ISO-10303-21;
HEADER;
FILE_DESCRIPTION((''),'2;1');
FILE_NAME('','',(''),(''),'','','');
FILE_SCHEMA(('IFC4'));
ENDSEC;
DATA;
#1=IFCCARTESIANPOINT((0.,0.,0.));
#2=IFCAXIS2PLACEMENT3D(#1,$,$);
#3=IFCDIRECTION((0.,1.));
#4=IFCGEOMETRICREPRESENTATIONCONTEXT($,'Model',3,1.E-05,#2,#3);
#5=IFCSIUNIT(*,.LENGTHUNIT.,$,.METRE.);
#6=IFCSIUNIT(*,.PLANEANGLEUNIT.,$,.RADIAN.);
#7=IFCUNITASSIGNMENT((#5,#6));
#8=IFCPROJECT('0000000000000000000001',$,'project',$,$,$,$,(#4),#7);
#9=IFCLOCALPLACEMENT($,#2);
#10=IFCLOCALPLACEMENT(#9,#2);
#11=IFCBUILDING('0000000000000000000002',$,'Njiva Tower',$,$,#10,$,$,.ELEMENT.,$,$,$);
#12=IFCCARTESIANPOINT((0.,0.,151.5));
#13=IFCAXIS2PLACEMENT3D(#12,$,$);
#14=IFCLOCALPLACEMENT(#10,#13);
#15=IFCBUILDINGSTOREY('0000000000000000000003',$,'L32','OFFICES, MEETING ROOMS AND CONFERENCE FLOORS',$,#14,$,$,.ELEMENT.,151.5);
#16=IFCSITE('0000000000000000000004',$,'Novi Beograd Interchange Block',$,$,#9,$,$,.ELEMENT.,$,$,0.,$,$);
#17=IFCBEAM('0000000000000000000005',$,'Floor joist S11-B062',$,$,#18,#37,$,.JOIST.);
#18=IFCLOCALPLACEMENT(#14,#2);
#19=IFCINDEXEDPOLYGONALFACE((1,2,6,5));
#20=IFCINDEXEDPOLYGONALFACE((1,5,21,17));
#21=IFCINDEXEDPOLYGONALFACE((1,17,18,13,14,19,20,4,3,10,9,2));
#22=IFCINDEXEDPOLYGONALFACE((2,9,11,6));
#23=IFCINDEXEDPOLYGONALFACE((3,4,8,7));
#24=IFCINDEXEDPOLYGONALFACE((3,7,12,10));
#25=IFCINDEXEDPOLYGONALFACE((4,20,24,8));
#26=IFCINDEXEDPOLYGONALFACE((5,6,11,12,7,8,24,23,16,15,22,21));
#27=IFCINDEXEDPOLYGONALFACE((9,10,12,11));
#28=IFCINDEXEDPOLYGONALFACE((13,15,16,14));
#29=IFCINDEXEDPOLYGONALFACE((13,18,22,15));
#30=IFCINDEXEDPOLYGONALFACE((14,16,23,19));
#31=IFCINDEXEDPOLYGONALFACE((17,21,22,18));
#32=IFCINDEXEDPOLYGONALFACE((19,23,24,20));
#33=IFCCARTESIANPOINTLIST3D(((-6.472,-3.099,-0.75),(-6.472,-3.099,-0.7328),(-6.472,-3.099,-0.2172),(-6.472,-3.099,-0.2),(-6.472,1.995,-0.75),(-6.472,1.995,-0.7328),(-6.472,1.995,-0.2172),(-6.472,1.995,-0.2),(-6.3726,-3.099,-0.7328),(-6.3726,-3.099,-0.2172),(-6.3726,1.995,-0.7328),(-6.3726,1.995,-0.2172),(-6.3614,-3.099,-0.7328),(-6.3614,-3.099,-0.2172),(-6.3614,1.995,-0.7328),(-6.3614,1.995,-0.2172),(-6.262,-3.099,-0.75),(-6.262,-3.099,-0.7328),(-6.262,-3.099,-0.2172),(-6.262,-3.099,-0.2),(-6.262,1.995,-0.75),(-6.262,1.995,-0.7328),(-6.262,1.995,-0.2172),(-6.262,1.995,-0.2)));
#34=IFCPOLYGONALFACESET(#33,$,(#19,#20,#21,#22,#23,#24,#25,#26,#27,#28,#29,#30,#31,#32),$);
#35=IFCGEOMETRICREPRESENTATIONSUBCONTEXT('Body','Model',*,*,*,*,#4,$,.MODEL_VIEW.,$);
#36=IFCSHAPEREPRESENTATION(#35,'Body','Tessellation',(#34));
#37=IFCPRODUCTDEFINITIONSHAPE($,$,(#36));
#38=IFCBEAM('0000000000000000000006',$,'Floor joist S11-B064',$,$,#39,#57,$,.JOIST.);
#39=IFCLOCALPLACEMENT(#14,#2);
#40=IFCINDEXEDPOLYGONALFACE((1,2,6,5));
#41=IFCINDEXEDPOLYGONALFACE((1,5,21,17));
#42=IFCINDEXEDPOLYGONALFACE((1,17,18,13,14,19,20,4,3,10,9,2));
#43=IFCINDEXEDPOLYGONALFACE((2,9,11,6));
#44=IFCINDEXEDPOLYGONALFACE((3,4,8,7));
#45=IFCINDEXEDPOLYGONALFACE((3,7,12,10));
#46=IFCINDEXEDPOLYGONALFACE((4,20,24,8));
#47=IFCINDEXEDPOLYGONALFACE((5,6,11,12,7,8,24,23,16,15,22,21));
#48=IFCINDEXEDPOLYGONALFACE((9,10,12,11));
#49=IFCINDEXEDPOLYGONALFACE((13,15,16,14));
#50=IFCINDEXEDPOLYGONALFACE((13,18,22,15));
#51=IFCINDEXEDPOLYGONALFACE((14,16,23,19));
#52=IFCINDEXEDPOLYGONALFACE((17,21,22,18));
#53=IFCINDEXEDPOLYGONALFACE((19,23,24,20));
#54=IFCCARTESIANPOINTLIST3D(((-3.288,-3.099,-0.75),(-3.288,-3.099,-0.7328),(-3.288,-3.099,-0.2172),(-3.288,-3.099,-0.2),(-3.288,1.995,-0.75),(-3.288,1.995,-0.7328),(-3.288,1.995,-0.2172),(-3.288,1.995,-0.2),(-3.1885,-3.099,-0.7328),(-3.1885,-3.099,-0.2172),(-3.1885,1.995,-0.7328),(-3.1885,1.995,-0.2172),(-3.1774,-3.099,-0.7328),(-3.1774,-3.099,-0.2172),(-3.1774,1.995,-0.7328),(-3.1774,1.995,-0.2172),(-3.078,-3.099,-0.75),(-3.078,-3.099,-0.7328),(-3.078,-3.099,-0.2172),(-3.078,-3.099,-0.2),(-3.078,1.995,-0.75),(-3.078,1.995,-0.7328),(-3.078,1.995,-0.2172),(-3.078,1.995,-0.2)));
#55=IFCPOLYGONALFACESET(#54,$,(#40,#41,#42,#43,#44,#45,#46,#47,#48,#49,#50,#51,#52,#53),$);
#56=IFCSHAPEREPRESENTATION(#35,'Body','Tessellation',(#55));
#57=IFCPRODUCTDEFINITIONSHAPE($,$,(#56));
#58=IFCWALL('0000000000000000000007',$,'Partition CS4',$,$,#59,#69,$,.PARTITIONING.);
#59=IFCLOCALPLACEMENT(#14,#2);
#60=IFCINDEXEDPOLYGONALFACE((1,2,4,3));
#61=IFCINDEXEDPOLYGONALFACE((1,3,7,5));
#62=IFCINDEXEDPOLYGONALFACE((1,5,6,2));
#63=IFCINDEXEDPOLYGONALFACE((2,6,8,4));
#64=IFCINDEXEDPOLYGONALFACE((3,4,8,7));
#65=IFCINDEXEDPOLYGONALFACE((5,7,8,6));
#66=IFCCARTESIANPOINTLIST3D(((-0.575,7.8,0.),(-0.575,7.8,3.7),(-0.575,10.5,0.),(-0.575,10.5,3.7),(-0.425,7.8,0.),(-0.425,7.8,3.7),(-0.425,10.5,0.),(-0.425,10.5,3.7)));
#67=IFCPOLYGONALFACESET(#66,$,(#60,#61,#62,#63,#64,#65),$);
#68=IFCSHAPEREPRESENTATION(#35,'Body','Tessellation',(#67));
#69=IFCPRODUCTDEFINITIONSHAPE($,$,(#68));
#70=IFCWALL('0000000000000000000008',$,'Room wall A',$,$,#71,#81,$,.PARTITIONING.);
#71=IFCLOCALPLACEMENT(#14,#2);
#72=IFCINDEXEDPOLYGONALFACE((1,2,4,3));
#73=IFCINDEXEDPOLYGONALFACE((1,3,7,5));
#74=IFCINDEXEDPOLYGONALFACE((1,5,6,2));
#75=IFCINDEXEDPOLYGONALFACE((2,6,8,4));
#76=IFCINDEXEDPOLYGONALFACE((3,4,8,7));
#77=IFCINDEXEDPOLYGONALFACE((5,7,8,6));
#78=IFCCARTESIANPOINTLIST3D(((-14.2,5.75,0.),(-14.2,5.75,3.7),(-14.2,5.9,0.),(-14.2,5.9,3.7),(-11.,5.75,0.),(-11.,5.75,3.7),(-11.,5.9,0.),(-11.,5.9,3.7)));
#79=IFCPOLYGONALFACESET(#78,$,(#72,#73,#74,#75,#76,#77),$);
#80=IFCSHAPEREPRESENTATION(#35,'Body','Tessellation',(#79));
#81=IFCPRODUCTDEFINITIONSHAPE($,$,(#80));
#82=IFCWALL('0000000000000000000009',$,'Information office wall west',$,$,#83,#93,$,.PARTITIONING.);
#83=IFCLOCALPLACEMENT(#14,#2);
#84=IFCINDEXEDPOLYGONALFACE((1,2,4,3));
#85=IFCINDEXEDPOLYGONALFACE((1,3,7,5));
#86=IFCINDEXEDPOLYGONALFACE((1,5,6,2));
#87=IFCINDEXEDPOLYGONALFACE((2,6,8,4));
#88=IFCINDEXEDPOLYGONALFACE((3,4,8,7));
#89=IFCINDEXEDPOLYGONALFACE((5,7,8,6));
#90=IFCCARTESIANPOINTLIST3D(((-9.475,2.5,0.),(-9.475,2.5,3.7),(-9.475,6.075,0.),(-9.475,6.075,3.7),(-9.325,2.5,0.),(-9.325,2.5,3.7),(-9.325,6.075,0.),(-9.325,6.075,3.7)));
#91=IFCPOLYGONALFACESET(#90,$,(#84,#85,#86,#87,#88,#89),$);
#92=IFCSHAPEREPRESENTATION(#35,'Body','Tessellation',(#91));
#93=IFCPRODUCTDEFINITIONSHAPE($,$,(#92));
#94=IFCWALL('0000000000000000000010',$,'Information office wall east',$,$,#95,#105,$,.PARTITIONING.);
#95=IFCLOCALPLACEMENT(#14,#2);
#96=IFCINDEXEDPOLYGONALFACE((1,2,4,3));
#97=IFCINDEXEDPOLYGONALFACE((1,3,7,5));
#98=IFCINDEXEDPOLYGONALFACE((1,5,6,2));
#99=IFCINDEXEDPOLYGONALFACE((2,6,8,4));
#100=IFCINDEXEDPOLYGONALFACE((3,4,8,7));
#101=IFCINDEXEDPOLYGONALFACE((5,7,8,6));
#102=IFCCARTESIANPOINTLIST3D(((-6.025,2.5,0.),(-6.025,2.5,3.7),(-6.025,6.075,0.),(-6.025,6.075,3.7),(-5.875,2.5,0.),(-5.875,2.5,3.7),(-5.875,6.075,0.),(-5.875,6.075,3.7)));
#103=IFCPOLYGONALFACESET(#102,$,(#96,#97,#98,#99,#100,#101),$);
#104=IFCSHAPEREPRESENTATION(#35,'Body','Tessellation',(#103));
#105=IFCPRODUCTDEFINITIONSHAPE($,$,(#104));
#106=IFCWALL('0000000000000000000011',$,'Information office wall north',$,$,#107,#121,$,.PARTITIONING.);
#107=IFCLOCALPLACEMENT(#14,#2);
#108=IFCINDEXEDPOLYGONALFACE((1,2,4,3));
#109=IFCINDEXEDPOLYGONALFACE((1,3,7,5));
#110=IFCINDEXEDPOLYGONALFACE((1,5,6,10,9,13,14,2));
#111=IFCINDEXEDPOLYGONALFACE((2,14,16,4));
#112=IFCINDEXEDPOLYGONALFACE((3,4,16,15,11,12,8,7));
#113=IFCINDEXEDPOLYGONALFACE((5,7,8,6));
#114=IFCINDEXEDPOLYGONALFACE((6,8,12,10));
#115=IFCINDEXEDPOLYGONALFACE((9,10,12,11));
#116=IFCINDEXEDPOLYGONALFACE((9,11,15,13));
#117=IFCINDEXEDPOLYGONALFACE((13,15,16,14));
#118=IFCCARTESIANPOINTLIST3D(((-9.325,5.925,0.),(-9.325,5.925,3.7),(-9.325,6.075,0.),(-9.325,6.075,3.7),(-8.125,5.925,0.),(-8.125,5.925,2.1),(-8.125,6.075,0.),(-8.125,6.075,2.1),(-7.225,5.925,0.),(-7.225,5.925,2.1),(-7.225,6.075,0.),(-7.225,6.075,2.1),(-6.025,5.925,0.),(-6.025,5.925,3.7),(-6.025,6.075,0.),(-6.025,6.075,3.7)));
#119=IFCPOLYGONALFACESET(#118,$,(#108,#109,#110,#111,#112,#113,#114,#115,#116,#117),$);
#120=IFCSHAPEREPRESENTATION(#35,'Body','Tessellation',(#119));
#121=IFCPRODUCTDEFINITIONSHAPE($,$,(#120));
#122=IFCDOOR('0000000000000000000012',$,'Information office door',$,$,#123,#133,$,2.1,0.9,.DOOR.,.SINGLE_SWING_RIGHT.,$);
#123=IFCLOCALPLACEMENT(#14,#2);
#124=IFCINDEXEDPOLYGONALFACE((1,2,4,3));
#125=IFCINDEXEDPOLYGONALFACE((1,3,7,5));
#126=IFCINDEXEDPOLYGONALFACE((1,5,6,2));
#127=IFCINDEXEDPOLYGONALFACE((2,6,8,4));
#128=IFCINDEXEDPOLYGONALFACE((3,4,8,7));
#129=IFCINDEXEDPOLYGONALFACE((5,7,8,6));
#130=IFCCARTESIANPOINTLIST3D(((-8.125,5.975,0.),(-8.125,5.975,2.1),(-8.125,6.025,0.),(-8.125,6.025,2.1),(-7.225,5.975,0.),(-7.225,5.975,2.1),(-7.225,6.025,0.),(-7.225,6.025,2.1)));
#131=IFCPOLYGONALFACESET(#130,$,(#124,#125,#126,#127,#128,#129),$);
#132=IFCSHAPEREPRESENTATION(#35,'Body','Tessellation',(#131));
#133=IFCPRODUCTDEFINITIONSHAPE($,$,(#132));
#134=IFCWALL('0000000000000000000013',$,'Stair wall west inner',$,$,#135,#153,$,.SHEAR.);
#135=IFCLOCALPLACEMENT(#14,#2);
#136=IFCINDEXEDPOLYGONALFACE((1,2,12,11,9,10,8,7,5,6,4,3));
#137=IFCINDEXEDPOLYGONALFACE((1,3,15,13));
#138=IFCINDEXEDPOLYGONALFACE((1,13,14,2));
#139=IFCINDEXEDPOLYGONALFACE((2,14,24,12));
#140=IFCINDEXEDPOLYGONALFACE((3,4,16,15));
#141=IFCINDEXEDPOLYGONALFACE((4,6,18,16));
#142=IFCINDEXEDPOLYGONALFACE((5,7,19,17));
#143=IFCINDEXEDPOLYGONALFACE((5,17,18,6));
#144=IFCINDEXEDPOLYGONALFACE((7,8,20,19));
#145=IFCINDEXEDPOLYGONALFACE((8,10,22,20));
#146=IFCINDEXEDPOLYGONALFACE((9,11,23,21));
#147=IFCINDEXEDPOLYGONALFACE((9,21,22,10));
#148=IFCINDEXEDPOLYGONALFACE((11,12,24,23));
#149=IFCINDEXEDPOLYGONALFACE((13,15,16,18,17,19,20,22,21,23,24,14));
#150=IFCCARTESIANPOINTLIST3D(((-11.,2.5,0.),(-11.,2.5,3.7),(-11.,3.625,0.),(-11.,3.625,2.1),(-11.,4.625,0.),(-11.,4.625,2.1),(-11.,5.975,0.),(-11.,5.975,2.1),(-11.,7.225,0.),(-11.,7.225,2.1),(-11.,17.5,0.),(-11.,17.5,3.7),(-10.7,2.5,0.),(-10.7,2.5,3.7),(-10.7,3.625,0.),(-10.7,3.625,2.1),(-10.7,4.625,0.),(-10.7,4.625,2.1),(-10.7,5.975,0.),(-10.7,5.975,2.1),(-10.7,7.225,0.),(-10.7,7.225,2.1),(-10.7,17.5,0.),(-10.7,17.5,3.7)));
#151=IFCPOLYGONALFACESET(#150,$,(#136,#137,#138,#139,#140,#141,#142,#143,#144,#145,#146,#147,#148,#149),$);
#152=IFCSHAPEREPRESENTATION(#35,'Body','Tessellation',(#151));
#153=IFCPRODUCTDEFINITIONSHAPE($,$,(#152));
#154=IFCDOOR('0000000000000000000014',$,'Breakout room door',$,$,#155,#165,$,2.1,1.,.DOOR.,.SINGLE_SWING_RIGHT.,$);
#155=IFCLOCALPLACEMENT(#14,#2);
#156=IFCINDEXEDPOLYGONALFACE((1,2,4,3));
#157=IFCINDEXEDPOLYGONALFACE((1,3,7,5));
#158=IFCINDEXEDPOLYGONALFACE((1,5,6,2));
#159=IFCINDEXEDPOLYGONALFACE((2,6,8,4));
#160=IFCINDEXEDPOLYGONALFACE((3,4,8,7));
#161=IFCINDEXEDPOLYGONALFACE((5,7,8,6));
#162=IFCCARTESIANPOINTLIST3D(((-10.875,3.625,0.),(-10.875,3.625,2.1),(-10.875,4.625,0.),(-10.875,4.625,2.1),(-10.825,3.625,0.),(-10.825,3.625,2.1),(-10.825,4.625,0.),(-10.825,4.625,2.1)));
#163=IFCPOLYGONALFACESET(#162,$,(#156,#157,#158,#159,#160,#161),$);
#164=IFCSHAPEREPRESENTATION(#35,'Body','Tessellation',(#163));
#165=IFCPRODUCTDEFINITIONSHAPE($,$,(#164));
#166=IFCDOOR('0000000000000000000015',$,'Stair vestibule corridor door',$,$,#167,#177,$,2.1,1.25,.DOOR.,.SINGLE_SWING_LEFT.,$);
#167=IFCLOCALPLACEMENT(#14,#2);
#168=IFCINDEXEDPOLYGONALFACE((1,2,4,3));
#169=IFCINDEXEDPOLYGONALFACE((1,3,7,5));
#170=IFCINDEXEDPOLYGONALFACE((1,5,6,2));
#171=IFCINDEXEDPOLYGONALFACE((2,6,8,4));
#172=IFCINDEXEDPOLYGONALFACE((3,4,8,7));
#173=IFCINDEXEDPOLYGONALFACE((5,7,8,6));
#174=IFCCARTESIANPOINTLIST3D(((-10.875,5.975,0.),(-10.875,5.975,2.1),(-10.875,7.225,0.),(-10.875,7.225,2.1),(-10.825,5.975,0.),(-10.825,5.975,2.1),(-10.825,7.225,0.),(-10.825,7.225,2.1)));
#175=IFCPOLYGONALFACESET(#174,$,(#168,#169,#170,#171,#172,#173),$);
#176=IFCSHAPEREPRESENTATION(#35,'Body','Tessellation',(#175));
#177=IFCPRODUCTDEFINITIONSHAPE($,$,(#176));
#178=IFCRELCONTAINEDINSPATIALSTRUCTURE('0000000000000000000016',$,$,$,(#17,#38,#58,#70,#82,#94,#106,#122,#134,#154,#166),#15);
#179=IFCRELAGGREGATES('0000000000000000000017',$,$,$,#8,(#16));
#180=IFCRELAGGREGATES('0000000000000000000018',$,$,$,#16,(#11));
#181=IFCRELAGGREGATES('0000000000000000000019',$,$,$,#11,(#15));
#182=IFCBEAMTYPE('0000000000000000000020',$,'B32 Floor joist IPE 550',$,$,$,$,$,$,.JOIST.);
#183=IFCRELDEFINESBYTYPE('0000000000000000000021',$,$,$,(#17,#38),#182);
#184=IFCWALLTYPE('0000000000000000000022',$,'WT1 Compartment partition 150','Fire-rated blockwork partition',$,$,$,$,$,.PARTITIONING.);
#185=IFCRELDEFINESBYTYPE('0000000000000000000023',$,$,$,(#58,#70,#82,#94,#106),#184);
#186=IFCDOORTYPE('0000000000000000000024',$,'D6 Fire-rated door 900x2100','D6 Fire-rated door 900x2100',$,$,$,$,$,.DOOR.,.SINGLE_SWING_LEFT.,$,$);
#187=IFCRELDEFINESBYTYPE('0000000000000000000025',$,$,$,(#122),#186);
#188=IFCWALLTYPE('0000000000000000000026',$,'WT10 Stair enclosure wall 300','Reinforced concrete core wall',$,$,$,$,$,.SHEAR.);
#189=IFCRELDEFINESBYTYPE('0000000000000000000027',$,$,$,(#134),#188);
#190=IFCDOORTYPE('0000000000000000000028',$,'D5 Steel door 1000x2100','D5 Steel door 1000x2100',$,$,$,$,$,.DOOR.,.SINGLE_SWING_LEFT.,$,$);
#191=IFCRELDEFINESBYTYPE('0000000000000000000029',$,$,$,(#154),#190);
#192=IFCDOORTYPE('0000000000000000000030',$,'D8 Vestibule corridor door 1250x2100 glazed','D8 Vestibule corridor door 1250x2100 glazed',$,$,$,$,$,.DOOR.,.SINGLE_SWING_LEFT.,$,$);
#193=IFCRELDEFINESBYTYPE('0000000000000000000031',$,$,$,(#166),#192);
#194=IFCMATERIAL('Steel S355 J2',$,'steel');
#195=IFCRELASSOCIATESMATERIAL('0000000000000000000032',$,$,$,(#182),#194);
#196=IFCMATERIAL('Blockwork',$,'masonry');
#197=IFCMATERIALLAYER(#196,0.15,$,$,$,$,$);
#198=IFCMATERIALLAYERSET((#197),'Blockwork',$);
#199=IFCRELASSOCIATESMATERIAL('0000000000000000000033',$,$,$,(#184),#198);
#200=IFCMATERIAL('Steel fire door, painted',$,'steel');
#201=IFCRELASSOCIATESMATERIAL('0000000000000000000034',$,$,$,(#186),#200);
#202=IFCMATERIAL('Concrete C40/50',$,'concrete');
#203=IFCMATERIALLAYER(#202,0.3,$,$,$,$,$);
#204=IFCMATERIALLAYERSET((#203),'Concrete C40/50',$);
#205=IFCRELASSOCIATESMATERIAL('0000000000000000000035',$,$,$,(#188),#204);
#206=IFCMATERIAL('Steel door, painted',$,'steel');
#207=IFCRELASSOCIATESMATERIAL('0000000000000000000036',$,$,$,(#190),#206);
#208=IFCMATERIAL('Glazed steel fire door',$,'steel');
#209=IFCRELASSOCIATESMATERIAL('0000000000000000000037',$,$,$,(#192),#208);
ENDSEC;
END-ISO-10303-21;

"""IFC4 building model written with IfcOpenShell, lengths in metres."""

from ifc_helpers import new_model, si_unit, direction, frame, frame_2d, origin, origin_2d, place, context, subcontext, project, spatial, rectangle, i_section, extrude, material, layer, layer_set, material_profile, profile_set, type_object, element, fill, save


model = new_model("IFC4")

# Units and contexts
model_context = context("Model", 3, precision=1e-05, world=origin(), true_north=direction((0.0, 1.0)))
body_context = subcontext(model_context, "Body", "Model", "MODEL_VIEW")
ifc_project = project(units=[si_unit("LENGTHUNIT", "METRE"), si_unit("PLANEANGLEUNIT", "RADIAN")], contexts=[model_context])

# Site, building, storey
site_placement = place(None, origin())
site = spatial("IfcSite", under=ifc_project, at=site_placement, Name="Novi Beograd Interchange Block", CompositionType="ELEMENT", RefElevation=0.0)
building_placement = place(site_placement, origin())
building = spatial("IfcBuilding", under=site, at=building_placement, Name="Njiva Tower", CompositionType="ELEMENT")
storey_placement = place(building_placement, frame((0.0, 0.0, 151.5)))
storey = spatial("IfcBuildingStorey", under=building, at=storey_placement, Name="L32", Description="OFFICES, MEETING ROOMS AND CONFERENCE FLOORS", CompositionType="ELEMENT", Elevation=151.5)

# Beams
ifc_material_1 = material(Name="Steel S355 J2", Category="steel")
ifc_material_profile = material_profile(ifc_material_1, i_section(OverallWidth=0.21, OverallDepth=0.55, WebThickness=0.0111, FlangeThickness=0.0172, at=origin_2d()), Name="IPE 550")
ifc_profile_set = profile_set([ifc_material_profile], Name="Steel S355 J2")
beam_type = type_object("IfcBeamType", Name="B32 Floor joist IPE 550", PredefinedType="JOIST", material=ifc_profile_set)
for number, where, z_axis, x_axis, name in (
    (1, (-6.367, 1.995, -0.475), (0.0, -1.0, 0.0), (1.0, 0.0, 0.0), "Floor joist S11-B062"),
    (2, (-3.183, 1.995, -0.475), (0.0, -1.0, 0.0), (1.0, 0.0, 0.0), "Floor joist S11-B064"),
):
    element("IfcBeam", number, at=place(storey_placement, frame(where, z_axis=z_axis, x_axis=x_axis)), inside=storey, type_object=beam_type, Name=name, PredefinedType="JOIST", context=body_context, shape_type="SweptSolid", body=[
        extrude(i_section(OverallWidth=0.21, OverallDepth=0.55, WebThickness=0.0111, FlangeThickness=0.0172, at=origin_2d()), origin(), (0.0, 0.0, 1.0), 5.094),
    ])

# Walls
ifc_material_2 = material(Name="Blockwork", Category="masonry")
ifc_layer_1 = layer(ifc_material_2, 0.15)
ifc_layer_set_1 = layer_set([ifc_layer_1], Name="Blockwork")
wall_type_1 = type_object("IfcWallType", Name="WT1 Compartment partition 150", Description="Fire-rated blockwork partition", PredefinedType="PARTITIONING", material=ifc_layer_set_1)
wall_1_placement = place(storey_placement, frame((-0.5, 7.8, 0.0), z_axis=(0.0, 0.0, 1.0), x_axis=(0.0, 1.0, 0.0)))
element("IfcWall", 3, at=wall_1_placement, inside=storey, type_object=wall_type_1, Name="Partition CS4", PredefinedType="PARTITIONING", context=body_context, shape_type="SweptSolid", body=[
    extrude(rectangle(XDim=2.7, YDim=0.15, at=frame_2d((1.35, 0.0))), origin(), (0.0, 0.0, 1.0), 3.7),
])
wall_2_placement = place(storey_placement, frame((-14.2, 5.825, 0.0), z_axis=(0.0, 0.0, 1.0), x_axis=(1.0, 0.0, 0.0)))
element("IfcWall", 4, at=wall_2_placement, inside=storey, type_object=wall_type_1, Name="Room wall A", PredefinedType="PARTITIONING", context=body_context, shape_type="SweptSolid", body=[
    extrude(rectangle(XDim=3.2, YDim=0.15, at=frame_2d((1.6, 0.0))), origin(), (0.0, 0.0, 1.0), 3.7),
])
for number, where, z_axis, x_axis, name in (
    (5, (-9.4, 2.5, 0.0), (0.0, 0.0, 1.0), (0.0, 1.0, 0.0), "Information office wall west"),
    (6, (-5.95, 2.5, 0.0), (0.0, 0.0, 1.0), (0.0, 1.0, 0.0), "Information office wall east"),
):
    element("IfcWall", number, at=place(storey_placement, frame(where, z_axis=z_axis, x_axis=x_axis)), inside=storey, type_object=wall_type_1, Name=name, PredefinedType="PARTITIONING", context=body_context, shape_type="SweptSolid", body=[
        extrude(rectangle(XDim=3.575, YDim=0.15, at=frame_2d((1.7875, 0.0))), origin(), (0.0, 0.0, 1.0), 3.7),
    ])

# Wall, opening, door
wall_3_placement = place(storey_placement, frame((-9.325, 6.0, 0.0), z_axis=(0.0, 0.0, 1.0), x_axis=(1.0, 0.0, 0.0)))
wall_3 = element("IfcWall", 7, at=wall_3_placement, inside=storey, type_object=wall_type_1, Name="Information office wall north", PredefinedType="PARTITIONING", context=body_context, shape_type="SweptSolid", body=[
    extrude(rectangle(XDim=3.3, YDim=0.15, at=frame_2d((1.65, 0.0))), origin(), (0.0, 0.0, 1.0), 3.7),
])
opening_1_placement = place(wall_3_placement, frame((1.2, 0.0, 0.0)))
opening_1 = element("IfcOpeningElement", 8, at=opening_1_placement, cuts=wall_3, PredefinedType="OPENING", context=body_context, shape_type="SweptSolid", body=[
    extrude(rectangle(XDim=0.9, YDim=2.1, at=frame_2d((0.45, 1.05))), frame((0.0, 0.085, 0.0), z_axis=(0.0, -1.0, 0.0), x_axis=(1.0, 0.0, 0.0)), (0.0, 0.0, 1.0), 0.17),
])
ifc_material_3 = material(Name="Steel fire door, painted", Category="steel")
door_type_1 = type_object("IfcDoorType", Name="D6 Fire-rated door 900x2100", Description="D6 Fire-rated door 900x2100", OperationType="SINGLE_SWING_LEFT", PredefinedType="DOOR", material=ifc_material_3)
door_1_placement = place(opening_1_placement, origin())
door_1 = element("IfcDoor", 9, at=door_1_placement, inside=storey, type_object=door_type_1, Name="Information office door", OperationType="SINGLE_SWING_RIGHT", OverallHeight=2.1, OverallWidth=0.9, PredefinedType="DOOR", context=body_context, shape_type="SweptSolid", body=[
    extrude(rectangle(XDim=0.9, YDim=2.1, at=frame_2d((0.45, 1.05))), frame((0.0, 0.025, 0.0), z_axis=(0.0, -1.0, 0.0), x_axis=(1.0, 0.0, 0.0)), (0.0, 0.0, 1.0), 0.05),
])
fill(opening_1, door_1)

# Wall, openings, doors
ifc_material_4 = material(Name="Concrete C40/50", Category="concrete")
ifc_layer_2 = layer(ifc_material_4, 0.3)
ifc_layer_set_2 = layer_set([ifc_layer_2], Name="Concrete C40/50")
wall_type_2 = type_object("IfcWallType", Name="WT10 Stair enclosure wall 300", Description="Reinforced concrete core wall", PredefinedType="SHEAR", material=ifc_layer_set_2)
wall_4_placement = place(storey_placement, frame((-10.85, 2.5, 0.0), z_axis=(0.0, 0.0, 1.0), x_axis=(0.0, 1.0, 0.0)))
wall_4 = element("IfcWall", 10, at=wall_4_placement, inside=storey, type_object=wall_type_2, Name="Stair wall west inner", PredefinedType="SHEAR", context=body_context, shape_type="SweptSolid", body=[
    extrude(rectangle(XDim=15.0, YDim=0.3, at=frame_2d((7.5, 0.0))), origin(), (0.0, 0.0, 1.0), 3.7),
])
opening_2_placement = place(wall_4_placement, frame((3.475, 0.0, 0.0)))
opening_2 = element("IfcOpeningElement", 11, at=opening_2_placement, cuts=wall_4, PredefinedType="OPENING", context=body_context, shape_type="SweptSolid", body=[
    extrude(rectangle(XDim=1.25, YDim=2.1, at=frame_2d((0.625, 1.05))), frame((0.0, 0.16, 0.0), z_axis=(0.0, -1.0, 0.0), x_axis=(1.0, 0.0, 0.0)), (0.0, 0.0, 1.0), 0.32),
])
opening_3_placement = place(wall_4_placement, frame((1.125, 0.0, 0.0)))
opening_3 = element("IfcOpeningElement", 12, at=opening_3_placement, cuts=wall_4, PredefinedType="OPENING", context=body_context, shape_type="SweptSolid", body=[
    extrude(rectangle(XDim=1.0, YDim=2.1, at=frame_2d((0.5, 1.05))), frame((0.0, 0.16, 0.0), z_axis=(0.0, -1.0, 0.0), x_axis=(1.0, 0.0, 0.0)), (0.0, 0.0, 1.0), 0.32),
])
ifc_material_5 = material(Name="Steel door, painted", Category="steel")
door_type_2 = type_object("IfcDoorType", Name="D5 Steel door 1000x2100", Description="D5 Steel door 1000x2100", OperationType="SINGLE_SWING_LEFT", PredefinedType="DOOR", material=ifc_material_5)
door_2_placement = place(opening_3_placement, origin())
door_2 = element("IfcDoor", 13, at=door_2_placement, inside=storey, type_object=door_type_2, Name="Breakout room door", OperationType="SINGLE_SWING_RIGHT", OverallHeight=2.1, OverallWidth=1.0, PredefinedType="DOOR", context=body_context, shape_type="SweptSolid", body=[
    extrude(rectangle(XDim=1.0, YDim=2.1, at=frame_2d((0.5, 1.05))), frame((0.0, 0.025, 0.0), z_axis=(0.0, -1.0, 0.0), x_axis=(1.0, 0.0, 0.0)), (0.0, 0.0, 1.0), 0.05),
])
fill(opening_3, door_2)
ifc_material_6 = material(Name="Glazed steel fire door", Category="steel")
door_type_3 = type_object("IfcDoorType", Name="D8 Vestibule corridor door 1250x2100 glazed", Description="D8 Vestibule corridor door 1250x2100 glazed", OperationType="SINGLE_SWING_LEFT", PredefinedType="DOOR", material=ifc_material_6)
door_3_placement = place(opening_2_placement, origin())
door_3 = element("IfcDoor", 14, at=door_3_placement, inside=storey, type_object=door_type_3, Name="Stair vestibule corridor door", OperationType="SINGLE_SWING_LEFT", OverallHeight=2.1, OverallWidth=1.25, PredefinedType="DOOR", context=body_context, shape_type="SweptSolid", body=[
    extrude(rectangle(XDim=1.25, YDim=2.1, at=frame_2d((0.625, 1.05))), frame((0.0, 0.025, 0.0), z_axis=(0.0, -1.0, 0.0), x_axis=(1.0, 0.0, 0.0)), (0.0, 0.0, 1.0), 0.05),
])
fill(opening_2, door_3)

save(model, "model.ifc")
